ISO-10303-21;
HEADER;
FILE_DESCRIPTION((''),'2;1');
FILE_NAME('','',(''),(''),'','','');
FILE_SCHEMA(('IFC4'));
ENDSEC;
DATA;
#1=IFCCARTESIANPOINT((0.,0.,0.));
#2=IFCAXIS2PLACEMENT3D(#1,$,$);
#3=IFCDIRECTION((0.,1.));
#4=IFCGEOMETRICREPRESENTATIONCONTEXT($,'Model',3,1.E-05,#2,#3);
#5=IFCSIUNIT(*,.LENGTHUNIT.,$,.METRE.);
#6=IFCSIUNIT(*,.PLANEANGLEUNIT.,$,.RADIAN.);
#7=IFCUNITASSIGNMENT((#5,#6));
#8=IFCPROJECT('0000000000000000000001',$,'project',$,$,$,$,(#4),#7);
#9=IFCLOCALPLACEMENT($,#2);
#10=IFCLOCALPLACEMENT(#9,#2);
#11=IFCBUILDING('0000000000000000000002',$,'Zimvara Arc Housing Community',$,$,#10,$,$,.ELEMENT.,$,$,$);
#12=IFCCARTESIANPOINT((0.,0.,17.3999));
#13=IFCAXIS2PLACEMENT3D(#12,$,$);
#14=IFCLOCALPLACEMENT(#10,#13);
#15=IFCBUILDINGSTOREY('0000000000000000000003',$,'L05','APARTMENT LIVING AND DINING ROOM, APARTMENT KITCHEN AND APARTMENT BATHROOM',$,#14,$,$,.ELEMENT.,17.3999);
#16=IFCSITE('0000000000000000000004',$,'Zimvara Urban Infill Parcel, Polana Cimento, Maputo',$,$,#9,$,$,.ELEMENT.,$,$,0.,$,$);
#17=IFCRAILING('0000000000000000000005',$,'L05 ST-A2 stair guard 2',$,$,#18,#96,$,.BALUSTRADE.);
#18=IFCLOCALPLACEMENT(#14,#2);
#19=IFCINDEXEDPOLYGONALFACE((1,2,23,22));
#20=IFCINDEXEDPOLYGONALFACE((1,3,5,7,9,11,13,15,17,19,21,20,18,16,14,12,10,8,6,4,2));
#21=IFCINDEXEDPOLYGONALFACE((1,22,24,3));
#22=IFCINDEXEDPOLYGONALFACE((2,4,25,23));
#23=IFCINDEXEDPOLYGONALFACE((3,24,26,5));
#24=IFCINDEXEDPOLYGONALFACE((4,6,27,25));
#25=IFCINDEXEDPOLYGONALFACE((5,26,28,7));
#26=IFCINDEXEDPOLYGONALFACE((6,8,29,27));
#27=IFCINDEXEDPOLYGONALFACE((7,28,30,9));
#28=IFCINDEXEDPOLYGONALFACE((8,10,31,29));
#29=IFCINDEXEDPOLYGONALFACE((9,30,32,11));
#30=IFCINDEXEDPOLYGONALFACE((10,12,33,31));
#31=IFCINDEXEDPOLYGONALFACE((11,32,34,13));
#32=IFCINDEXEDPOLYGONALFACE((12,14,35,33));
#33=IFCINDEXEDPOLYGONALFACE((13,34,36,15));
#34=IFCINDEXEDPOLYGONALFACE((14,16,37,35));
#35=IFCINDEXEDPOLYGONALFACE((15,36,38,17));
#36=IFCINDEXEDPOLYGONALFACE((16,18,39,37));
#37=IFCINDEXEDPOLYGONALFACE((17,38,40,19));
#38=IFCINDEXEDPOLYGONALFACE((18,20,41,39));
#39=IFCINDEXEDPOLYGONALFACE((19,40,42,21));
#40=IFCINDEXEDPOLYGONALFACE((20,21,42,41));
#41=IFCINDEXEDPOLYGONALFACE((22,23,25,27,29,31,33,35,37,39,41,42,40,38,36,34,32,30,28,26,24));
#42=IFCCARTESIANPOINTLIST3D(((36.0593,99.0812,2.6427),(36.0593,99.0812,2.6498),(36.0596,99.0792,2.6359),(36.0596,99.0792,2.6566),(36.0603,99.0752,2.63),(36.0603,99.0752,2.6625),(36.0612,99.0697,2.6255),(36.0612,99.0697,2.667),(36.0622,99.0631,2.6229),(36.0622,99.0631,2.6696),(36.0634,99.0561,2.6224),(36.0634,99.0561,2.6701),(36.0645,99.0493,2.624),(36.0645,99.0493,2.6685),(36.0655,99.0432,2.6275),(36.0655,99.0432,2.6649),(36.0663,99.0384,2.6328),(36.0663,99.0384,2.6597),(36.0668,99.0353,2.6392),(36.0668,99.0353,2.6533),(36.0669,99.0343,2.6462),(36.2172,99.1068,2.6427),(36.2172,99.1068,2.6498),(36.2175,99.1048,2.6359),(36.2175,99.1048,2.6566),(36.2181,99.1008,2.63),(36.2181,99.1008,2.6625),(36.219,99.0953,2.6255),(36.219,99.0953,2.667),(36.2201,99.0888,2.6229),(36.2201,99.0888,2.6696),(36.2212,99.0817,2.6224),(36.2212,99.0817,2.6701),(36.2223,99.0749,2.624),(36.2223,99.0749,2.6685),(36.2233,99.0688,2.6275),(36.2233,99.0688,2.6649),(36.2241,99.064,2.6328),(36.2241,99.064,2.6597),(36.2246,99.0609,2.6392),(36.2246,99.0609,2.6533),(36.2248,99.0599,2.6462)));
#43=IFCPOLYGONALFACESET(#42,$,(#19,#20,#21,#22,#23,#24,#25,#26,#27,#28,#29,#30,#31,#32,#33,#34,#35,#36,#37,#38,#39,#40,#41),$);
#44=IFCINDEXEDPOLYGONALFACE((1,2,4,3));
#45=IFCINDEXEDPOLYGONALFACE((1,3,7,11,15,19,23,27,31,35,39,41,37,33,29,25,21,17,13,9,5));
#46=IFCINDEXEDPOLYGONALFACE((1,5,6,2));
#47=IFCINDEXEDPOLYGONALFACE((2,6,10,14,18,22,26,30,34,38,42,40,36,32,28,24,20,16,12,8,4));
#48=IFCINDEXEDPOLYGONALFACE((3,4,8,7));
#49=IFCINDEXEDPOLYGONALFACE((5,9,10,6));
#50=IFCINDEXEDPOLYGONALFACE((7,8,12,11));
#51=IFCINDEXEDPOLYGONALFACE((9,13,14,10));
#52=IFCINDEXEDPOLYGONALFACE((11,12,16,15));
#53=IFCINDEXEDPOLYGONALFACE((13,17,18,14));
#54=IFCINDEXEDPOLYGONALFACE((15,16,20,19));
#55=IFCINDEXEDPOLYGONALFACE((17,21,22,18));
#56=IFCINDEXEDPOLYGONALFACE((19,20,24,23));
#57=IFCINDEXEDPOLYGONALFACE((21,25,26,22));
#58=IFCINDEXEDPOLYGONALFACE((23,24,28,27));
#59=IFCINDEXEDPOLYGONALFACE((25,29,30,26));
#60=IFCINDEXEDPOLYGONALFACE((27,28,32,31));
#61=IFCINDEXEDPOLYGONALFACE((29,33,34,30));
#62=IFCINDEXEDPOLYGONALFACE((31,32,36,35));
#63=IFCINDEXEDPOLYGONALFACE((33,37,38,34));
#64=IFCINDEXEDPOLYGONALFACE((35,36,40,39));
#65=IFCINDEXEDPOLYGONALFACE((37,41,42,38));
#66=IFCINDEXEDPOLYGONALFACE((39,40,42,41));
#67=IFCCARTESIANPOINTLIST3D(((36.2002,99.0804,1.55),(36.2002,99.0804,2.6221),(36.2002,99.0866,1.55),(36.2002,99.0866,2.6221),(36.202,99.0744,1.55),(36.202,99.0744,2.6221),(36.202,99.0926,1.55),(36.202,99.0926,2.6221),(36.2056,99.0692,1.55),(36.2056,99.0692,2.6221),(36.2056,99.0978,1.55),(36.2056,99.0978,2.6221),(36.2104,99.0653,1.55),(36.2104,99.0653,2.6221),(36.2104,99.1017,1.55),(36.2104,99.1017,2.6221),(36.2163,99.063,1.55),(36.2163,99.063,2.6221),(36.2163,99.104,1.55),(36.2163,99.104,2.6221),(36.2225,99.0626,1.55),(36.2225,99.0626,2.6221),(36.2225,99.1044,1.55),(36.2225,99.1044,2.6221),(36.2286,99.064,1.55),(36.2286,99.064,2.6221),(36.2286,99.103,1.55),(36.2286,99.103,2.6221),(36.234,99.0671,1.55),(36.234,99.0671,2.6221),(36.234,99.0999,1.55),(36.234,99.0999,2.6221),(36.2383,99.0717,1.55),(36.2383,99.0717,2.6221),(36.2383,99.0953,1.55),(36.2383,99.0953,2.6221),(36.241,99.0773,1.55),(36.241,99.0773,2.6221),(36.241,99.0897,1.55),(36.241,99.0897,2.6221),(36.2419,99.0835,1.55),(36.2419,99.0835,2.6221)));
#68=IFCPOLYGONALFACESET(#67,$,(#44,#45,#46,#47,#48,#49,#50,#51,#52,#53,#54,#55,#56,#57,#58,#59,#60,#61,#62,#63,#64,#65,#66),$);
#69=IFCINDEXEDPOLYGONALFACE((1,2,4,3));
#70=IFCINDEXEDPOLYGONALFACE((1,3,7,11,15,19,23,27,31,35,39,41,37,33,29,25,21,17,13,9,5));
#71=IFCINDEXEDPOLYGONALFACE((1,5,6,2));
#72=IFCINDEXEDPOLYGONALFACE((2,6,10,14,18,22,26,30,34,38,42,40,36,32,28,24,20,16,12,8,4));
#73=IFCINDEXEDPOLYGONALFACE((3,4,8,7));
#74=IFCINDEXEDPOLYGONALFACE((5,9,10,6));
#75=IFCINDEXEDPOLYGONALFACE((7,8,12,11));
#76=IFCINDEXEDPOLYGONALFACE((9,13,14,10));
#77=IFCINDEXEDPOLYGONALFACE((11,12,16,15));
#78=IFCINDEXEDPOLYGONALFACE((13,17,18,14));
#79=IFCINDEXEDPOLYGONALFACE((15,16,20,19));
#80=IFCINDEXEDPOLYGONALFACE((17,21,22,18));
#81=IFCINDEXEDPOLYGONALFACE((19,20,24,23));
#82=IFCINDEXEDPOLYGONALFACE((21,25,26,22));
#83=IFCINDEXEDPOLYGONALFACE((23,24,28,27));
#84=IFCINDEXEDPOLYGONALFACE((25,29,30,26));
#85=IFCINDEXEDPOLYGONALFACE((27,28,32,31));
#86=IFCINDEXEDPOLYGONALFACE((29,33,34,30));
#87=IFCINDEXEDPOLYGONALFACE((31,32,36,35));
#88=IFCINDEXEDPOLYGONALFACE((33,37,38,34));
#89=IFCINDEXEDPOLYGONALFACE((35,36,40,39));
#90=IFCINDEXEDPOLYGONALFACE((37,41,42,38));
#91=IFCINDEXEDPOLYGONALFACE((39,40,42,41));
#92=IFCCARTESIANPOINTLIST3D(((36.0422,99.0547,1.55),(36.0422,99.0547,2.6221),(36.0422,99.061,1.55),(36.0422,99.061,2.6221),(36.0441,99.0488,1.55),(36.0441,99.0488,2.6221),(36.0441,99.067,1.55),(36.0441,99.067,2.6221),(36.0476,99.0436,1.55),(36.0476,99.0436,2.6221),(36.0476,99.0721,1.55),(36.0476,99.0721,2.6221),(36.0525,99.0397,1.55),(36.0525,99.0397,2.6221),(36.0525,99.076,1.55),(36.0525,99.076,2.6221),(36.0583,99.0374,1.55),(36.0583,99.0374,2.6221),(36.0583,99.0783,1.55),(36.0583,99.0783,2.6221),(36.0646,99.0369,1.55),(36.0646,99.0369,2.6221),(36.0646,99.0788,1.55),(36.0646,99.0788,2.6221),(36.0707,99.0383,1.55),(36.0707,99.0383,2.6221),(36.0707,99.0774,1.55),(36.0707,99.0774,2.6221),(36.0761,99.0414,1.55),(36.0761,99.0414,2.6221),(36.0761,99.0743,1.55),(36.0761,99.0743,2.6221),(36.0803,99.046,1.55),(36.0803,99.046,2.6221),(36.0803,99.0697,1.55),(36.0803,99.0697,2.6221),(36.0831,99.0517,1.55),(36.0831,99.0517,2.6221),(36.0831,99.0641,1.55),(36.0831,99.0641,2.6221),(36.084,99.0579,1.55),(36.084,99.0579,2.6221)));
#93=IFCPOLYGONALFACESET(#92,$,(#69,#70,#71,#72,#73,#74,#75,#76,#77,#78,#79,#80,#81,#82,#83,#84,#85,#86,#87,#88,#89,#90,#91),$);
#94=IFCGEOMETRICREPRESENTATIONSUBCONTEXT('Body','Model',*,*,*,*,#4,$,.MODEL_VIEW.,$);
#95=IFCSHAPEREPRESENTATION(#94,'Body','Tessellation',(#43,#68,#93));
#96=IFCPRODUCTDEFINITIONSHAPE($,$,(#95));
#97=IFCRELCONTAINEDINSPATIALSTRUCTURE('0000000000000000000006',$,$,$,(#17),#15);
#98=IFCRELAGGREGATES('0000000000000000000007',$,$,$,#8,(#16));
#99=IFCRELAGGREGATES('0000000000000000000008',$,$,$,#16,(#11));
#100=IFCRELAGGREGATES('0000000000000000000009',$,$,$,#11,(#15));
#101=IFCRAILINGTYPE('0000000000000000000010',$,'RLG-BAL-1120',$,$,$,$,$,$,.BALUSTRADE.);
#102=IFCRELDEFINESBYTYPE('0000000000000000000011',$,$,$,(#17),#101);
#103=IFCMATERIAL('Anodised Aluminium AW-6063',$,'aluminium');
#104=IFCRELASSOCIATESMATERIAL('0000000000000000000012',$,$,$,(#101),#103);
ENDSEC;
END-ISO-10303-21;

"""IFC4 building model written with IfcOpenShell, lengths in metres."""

from ifc_helpers import new_model, si_unit, direction, frame, origin, origin_2d, place, context, subcontext, project, spatial, circle, extrude, material, type_object, element, save


model = new_model("IFC4")

# Units and contexts
model_context = context("Model", 3, precision=1e-05, world=origin(), true_north=direction((0.0, 1.0)))
body_context = subcontext(model_context, "Body", "Model", "MODEL_VIEW")
ifc_project = project(units=[si_unit("LENGTHUNIT", "METRE"), si_unit("PLANEANGLEUNIT", "RADIAN")], contexts=[model_context])

# Site, building, storey
site_placement = place(None, origin())
site = spatial("IfcSite", under=ifc_project, at=site_placement, Name="Zimvara Urban Infill Parcel, Polana Cimento, Maputo", CompositionType="ELEMENT", RefElevation=0.0)
building_placement = place(site_placement, origin())
building = spatial("IfcBuilding", under=site, at=building_placement, Name="Zimvara Arc Housing Community", CompositionType="ELEMENT")
storey_placement = place(building_placement, frame((0.0, 0.0, 17.3999)))
storey = spatial("IfcBuildingStorey", under=building, at=storey_placement, Name="L05", Description="APARTMENT LIVING AND DINING ROOM, APARTMENT KITCHEN AND APARTMENT BATHROOM", CompositionType="ELEMENT", Elevation=17.3999)

# Railing
ifc_material_1 = material(Name="Anodised Aluminium AW-6063", Category="aluminium")
railing_type = type_object("IfcRailingType", Name="RLG-BAL-1120", PredefinedType="BALUSTRADE", material=ifc_material_1)
railing_1_placement = place(storey_placement, frame((36.2209, 99.0835, 1.55)))
element("IfcRailing", 1, at=railing_1_placement, inside=storey, type_object=railing_type, Name="L05 ST-A2 stair guard 2", PredefinedType="BALUSTRADE", context=body_context, shape_type="SweptSolid", body=[
    extrude(circle(Radius=0.0239, at=origin_2d()), frame((0.0, 0.0, 1.0962), z_axis=(-0.987086, -0.160192, 0.0), x_axis=(0.160192, -0.987086, 0.0)), (0.0, 0.0, 1.0), 0.1599),
    extrude(circle(Radius=0.021, at=origin_2d()), origin(), (0.0, 0.0, 1.0), 1.072),
    extrude(circle(Radius=0.021, at=origin_2d()), frame((-0.158, -0.0256, 0.0)), (0.0, 0.0, 1.0), 1.072),
])

save(model, "model.ifc")
